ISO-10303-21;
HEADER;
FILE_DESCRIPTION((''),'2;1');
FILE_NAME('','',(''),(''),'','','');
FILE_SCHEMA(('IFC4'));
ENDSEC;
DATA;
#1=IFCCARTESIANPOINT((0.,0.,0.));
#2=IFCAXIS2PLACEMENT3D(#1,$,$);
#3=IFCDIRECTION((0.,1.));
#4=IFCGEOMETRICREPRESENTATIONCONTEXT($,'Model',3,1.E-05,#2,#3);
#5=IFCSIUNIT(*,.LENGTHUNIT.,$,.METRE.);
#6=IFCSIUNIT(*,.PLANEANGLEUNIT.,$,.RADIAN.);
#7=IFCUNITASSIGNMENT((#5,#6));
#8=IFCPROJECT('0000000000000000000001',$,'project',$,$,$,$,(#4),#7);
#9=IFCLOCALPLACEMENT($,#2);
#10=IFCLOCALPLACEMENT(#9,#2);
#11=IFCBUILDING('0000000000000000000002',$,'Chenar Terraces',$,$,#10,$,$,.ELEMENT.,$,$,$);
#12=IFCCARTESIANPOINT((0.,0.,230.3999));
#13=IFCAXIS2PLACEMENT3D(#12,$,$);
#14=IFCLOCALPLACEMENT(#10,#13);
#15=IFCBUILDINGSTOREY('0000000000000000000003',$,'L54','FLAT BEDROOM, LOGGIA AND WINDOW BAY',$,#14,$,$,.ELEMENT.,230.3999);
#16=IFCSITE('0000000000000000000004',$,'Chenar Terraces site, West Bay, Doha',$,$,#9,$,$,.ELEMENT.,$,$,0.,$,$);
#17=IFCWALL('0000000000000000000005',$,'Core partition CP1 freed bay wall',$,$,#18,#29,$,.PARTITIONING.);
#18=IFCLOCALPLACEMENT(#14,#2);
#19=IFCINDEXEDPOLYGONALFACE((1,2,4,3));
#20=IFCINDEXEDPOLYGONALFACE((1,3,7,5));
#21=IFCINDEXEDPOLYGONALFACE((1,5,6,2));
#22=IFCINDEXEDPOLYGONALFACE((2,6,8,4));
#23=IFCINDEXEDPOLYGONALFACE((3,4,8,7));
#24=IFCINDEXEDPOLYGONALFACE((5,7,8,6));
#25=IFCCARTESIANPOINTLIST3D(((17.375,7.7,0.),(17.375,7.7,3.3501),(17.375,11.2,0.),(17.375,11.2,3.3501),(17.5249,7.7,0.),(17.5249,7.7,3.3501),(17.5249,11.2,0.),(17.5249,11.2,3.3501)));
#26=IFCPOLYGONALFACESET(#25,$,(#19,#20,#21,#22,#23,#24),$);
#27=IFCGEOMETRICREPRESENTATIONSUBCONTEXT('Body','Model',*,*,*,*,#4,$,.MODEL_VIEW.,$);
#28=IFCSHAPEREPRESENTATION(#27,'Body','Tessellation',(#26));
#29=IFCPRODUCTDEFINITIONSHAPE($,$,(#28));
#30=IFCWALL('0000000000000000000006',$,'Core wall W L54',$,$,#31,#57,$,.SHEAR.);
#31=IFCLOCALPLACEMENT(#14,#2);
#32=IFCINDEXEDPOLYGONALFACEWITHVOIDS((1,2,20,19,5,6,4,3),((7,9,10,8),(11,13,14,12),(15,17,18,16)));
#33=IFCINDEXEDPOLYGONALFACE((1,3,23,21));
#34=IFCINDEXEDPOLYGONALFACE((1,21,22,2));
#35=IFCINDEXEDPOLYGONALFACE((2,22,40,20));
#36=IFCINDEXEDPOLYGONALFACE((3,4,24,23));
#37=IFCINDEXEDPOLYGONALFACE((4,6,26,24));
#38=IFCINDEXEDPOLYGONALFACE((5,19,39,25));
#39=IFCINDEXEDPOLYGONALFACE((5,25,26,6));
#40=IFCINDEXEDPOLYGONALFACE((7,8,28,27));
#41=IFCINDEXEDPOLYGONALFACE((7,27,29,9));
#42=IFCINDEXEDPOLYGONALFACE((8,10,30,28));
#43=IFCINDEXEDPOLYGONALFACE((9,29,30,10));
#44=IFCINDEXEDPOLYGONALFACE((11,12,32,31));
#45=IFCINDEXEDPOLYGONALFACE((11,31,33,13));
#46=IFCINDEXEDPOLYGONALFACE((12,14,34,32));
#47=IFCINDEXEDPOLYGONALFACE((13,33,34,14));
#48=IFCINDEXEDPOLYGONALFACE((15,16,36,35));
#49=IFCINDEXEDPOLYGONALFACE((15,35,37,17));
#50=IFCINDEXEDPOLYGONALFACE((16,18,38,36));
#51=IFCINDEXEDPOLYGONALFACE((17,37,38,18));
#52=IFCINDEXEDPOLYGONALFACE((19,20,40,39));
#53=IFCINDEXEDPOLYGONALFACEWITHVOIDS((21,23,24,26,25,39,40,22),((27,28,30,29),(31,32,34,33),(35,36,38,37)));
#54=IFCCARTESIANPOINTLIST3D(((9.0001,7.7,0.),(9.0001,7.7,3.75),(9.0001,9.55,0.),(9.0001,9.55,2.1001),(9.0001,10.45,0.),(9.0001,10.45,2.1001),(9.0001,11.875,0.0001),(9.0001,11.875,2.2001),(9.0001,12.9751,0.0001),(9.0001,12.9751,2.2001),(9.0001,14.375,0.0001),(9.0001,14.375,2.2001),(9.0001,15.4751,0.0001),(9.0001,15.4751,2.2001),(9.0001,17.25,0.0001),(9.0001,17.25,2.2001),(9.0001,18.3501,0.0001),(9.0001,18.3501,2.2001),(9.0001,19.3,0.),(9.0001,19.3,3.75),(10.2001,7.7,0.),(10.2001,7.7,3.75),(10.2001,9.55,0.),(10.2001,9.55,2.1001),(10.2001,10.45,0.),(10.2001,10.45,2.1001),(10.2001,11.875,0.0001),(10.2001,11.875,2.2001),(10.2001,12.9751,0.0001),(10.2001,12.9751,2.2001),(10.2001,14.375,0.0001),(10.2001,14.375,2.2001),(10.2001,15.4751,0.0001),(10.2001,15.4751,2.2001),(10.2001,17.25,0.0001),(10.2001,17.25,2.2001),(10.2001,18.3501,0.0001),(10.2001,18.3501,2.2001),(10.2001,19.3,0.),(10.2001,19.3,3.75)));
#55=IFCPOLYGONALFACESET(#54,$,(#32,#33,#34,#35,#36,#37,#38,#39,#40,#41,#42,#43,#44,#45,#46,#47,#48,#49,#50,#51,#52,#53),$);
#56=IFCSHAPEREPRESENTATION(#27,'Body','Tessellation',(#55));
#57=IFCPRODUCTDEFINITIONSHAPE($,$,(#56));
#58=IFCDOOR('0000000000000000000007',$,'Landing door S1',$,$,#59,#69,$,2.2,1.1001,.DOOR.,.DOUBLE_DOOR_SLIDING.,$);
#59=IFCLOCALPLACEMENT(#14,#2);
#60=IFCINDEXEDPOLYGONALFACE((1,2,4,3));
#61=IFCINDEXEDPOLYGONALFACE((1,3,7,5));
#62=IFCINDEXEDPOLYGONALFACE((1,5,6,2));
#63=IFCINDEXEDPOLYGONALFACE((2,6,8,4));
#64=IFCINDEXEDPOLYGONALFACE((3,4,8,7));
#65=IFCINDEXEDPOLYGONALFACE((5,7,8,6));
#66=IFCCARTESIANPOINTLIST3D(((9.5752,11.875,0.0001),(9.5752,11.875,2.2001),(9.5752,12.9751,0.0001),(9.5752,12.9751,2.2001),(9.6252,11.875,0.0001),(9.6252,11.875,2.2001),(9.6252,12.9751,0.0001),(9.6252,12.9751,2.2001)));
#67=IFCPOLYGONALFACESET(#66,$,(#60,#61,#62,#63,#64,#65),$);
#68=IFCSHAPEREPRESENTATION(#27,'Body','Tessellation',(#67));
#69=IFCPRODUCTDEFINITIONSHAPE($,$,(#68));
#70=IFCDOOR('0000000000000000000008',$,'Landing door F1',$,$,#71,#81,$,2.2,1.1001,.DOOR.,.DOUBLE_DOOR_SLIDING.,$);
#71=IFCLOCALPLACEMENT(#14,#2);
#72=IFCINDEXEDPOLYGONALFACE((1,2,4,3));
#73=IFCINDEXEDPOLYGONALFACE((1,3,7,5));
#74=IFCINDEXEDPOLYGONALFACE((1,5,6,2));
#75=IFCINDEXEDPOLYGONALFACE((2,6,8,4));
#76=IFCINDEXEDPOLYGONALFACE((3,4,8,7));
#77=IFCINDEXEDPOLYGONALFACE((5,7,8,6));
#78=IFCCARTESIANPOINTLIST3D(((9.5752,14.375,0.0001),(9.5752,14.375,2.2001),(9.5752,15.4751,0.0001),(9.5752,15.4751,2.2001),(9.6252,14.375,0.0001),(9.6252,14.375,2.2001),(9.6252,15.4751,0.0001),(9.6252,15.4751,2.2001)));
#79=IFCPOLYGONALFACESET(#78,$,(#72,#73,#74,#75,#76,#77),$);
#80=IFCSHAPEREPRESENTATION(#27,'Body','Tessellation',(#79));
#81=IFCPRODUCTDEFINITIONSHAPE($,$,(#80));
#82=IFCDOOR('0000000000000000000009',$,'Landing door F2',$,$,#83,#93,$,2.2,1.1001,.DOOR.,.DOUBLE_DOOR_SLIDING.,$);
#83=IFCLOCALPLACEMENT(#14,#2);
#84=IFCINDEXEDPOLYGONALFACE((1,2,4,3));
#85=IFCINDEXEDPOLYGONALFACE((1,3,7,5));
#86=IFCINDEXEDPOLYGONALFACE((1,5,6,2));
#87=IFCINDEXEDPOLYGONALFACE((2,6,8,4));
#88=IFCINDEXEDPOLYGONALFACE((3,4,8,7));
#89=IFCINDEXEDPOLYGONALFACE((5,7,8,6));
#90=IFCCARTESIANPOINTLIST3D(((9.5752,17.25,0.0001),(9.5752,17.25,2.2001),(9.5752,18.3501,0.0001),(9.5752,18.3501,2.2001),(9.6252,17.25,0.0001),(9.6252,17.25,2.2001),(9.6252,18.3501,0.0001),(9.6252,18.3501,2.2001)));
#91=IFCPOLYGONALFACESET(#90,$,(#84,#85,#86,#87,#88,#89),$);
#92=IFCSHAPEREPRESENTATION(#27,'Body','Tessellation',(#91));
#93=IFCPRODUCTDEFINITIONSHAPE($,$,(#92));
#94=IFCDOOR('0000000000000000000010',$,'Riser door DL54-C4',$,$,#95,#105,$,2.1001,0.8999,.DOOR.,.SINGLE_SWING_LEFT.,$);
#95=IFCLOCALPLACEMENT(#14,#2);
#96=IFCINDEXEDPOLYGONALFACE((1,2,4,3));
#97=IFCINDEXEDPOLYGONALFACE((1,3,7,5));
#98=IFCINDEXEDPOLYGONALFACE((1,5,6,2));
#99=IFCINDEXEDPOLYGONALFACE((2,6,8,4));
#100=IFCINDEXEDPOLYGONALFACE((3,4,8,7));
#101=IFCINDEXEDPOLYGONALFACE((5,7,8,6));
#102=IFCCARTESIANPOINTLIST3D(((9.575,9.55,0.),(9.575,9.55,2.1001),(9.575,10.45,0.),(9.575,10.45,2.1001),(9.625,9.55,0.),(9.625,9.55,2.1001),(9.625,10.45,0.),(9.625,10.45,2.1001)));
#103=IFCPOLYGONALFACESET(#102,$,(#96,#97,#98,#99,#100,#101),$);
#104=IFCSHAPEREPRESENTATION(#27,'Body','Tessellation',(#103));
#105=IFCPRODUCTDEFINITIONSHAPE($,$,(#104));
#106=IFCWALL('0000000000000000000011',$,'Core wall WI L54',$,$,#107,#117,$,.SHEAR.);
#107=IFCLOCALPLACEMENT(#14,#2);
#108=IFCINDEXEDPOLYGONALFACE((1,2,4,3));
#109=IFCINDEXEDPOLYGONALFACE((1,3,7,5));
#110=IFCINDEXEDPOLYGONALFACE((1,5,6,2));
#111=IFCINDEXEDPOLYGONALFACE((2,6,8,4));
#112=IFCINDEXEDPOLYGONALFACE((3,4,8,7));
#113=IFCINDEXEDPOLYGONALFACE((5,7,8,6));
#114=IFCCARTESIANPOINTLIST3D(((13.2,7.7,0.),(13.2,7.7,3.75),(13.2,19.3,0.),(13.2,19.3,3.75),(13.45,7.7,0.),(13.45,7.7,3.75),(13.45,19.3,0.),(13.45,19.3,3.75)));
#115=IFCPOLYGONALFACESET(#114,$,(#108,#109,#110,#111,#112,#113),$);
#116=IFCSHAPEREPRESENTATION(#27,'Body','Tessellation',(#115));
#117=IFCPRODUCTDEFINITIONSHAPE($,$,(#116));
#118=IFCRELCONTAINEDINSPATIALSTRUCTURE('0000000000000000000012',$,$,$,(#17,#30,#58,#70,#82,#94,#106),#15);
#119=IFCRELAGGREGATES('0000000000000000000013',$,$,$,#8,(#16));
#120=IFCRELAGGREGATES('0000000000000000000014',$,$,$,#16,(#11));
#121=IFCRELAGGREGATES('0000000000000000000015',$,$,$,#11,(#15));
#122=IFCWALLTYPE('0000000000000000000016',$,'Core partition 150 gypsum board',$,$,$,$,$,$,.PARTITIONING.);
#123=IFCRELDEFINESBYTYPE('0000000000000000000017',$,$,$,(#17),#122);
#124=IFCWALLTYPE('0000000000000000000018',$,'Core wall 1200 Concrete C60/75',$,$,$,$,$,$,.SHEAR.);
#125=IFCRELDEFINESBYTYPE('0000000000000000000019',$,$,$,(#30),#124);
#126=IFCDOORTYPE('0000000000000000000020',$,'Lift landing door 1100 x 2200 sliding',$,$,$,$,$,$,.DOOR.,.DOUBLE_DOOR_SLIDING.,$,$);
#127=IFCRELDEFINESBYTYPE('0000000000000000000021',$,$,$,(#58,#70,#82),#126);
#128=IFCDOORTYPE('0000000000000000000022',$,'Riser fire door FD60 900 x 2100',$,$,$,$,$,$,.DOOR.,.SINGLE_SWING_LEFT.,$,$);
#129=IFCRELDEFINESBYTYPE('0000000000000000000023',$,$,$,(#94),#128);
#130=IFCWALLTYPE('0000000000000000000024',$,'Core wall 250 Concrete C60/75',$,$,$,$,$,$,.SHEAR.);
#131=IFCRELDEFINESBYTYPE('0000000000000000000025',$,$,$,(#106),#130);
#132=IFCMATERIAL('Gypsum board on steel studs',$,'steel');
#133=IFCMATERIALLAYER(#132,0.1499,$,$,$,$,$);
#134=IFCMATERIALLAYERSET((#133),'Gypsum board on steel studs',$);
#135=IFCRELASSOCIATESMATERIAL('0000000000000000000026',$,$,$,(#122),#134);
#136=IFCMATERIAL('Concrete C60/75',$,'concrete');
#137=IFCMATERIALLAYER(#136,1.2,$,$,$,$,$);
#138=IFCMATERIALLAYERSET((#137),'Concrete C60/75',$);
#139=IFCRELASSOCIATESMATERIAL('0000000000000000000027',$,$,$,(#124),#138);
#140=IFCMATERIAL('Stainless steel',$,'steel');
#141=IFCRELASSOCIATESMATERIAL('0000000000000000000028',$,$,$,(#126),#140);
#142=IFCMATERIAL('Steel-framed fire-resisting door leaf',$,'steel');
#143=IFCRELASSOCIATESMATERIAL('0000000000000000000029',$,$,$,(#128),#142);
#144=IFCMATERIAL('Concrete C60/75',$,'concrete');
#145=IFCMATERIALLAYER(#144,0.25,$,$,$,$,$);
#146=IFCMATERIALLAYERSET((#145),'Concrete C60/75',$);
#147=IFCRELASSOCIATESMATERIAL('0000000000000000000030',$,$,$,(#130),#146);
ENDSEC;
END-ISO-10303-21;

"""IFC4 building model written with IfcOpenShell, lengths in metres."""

from ifc_helpers import new_model, si_unit, direction, frame, frame_2d, origin, place, context, subcontext, project, spatial, rectangle, extrude, material, layer, layer_set, type_object, element, fill, save


model = new_model("IFC4")

# Units and contexts
model_context = context("Model", 3, precision=1e-05, world=origin(), true_north=direction((0.0, 1.0)))
body_context = subcontext(model_context, "Body", "Model", "MODEL_VIEW")
ifc_project = project(units=[si_unit("LENGTHUNIT", "METRE"), si_unit("PLANEANGLEUNIT", "RADIAN")], contexts=[model_context])

# Site, building, storey
site_placement = place(None, origin())
site = spatial("IfcSite", under=ifc_project, at=site_placement, Name="Chenar Terraces site, West Bay, Doha", CompositionType="ELEMENT", RefElevation=0.0)
building_placement = place(site_placement, origin())
building = spatial("IfcBuilding", under=site, at=building_placement, Name="Chenar Terraces", CompositionType="ELEMENT")
storey_placement = place(building_placement, frame((0.0, 0.0, 230.3999)))
storey = spatial("IfcBuildingStorey", under=building, at=storey_placement, Name="L54", Description="FLAT BEDROOM, LOGGIA AND WINDOW BAY", CompositionType="ELEMENT", Elevation=230.3999)

# Wall
ifc_material_1 = material(Name="Gypsum board on steel studs", Category="steel")
ifc_layer_1 = layer(ifc_material_1, 0.1499)
ifc_layer_set_1 = layer_set([ifc_layer_1], Name="Gypsum board on steel studs")
wall_type_1 = type_object("IfcWallType", Name="Core partition 150 gypsum board", PredefinedType="PARTITIONING", material=ifc_layer_set_1)
wall_1_placement = place(storey_placement, frame((17.45, 7.7, 0.0), z_axis=(0.0, 0.0, 1.0), x_axis=(0.0, 1.0, 0.0)))
element("IfcWall", 1, at=wall_1_placement, inside=storey, type_object=wall_type_1, Name="Core partition CP1 freed bay wall", PredefinedType="PARTITIONING", context=body_context, shape_type="SweptSolid", body=[
    extrude(rectangle(XDim=3.5, YDim=0.1499, at=frame_2d((1.75, 0.0))), origin(), (0.0, 0.0, 1.0), 3.3501),
])

# Wall, openings, doors
ifc_material_2 = material(Name="Concrete C60/75", Category="concrete")
ifc_layer_2 = layer(ifc_material_2, 1.2)
ifc_layer_set_2 = layer_set([ifc_layer_2], Name="Concrete C60/75")
wall_type_2 = type_object("IfcWallType", Name="Core wall 1200 Concrete C60/75", PredefinedType="SHEAR", material=ifc_layer_set_2)
wall_2_placement = place(storey_placement, frame((9.6001, 7.7, 0.0), z_axis=(0.0, 0.0, 1.0), x_axis=(0.0, 1.0, 0.0)))
wall_2 = element("IfcWall", 2, at=wall_2_placement, inside=storey, type_object=wall_type_2, Name="Core wall W L54", PredefinedType="SHEAR", context=body_context, shape_type="SweptSolid", body=[
    extrude(rectangle(XDim=11.6001, YDim=1.2, at=frame_2d((5.8, 0.0))), origin(), (0.0, 0.0, 1.0), 3.75),
])
opening_1_placement = place(wall_2_placement, frame((4.175, 0.0, 0.0)))
opening_1 = element("IfcOpeningElement", 3, at=opening_1_placement, cuts=wall_2, PredefinedType="OPENING", context=body_context, shape_type="SweptSolid", body=[
    extrude(rectangle(XDim=1.1001, YDim=2.2, at=frame_2d((0.55, 1.1001))), frame((0.0, 0.6099, 0.0), z_axis=(0.0, -1.0, 0.0), x_axis=(1.0, 0.0, 0.0)), (0.0, 0.0, 1.0), 1.22),
])
opening_2_placement = place(wall_2_placement, frame((6.675, 0.0, 0.0)))
opening_2 = element("IfcOpeningElement", 4, at=opening_2_placement, cuts=wall_2, PredefinedType="OPENING", context=body_context, shape_type="SweptSolid", body=[
    extrude(rectangle(XDim=1.1001, YDim=2.2, at=frame_2d((0.55, 1.1001))), frame((0.0, 0.6099, 0.0), z_axis=(0.0, -1.0, 0.0), x_axis=(1.0, 0.0, 0.0)), (0.0, 0.0, 1.0), 1.22),
])
opening_3_placement = place(wall_2_placement, frame((9.55, 0.0, 0.0)))
opening_3 = element("IfcOpeningElement", 5, at=opening_3_placement, cuts=wall_2, PredefinedType="OPENING", context=body_context, shape_type="SweptSolid", body=[
    extrude(rectangle(XDim=1.1001, YDim=2.2, at=frame_2d((0.55, 1.1001))), frame((0.0, 0.6099, 0.0), z_axis=(0.0, -1.0, 0.0), x_axis=(1.0, 0.0, 0.0)), (0.0, 0.0, 1.0), 1.22),
])
opening_4_placement = place(wall_2_placement, frame((1.8501, 0.0, 0.0)))
opening_4 = element("IfcOpeningElement", 6, at=opening_4_placement, cuts=wall_2, PredefinedType="OPENING", context=body_context, shape_type="SweptSolid", body=[
    extrude(rectangle(XDim=0.8999, YDim=2.1001, at=frame_2d((0.45, 1.05))), frame((0.0, 0.6099, 0.0), z_axis=(0.0, -1.0, 0.0), x_axis=(1.0, 0.0, 0.0)), (0.0, 0.0, 1.0), 1.22),
])
ifc_material_3 = material(Name="Stainless steel", Category="steel")
door_type_1 = type_object("IfcDoorType", Name="Lift landing door 1100 x 2200 sliding", OperationType="DOUBLE_DOOR_SLIDING", PredefinedType="DOOR", material=ifc_material_3)
door_1_placement = place(opening_1_placement, origin())
door_1 = element("IfcDoor", 7, at=door_1_placement, inside=storey, type_object=door_type_1, Name="Landing door S1", OperationType="DOUBLE_DOOR_SLIDING", OverallHeight=2.2, OverallWidth=1.1001, PredefinedType="DOOR", context=body_context, shape_type="SweptSolid", body=[
    extrude(rectangle(XDim=1.1001, YDim=2.2, at=frame_2d((0.55, 1.1001))), frame((0.0, 0.0249, 0.0), z_axis=(0.0, -1.0, 0.0), x_axis=(1.0, 0.0, 0.0)), (0.0, 0.0, 1.0), 0.05),
])
fill(opening_1, door_1)
door_2_placement = place(opening_2_placement, origin())
door_2 = element("IfcDoor", 8, at=door_2_placement, inside=storey, type_object=door_type_1, Name="Landing door F1", OperationType="DOUBLE_DOOR_SLIDING", OverallHeight=2.2, OverallWidth=1.1001, PredefinedType="DOOR", context=body_context, shape_type="SweptSolid", body=[
    extrude(rectangle(XDim=1.1001, YDim=2.2, at=frame_2d((0.55, 1.1001))), frame((0.0, 0.0249, 0.0), z_axis=(0.0, -1.0, 0.0), x_axis=(1.0, 0.0, 0.0)), (0.0, 0.0, 1.0), 0.05),
])
fill(opening_2, door_2)
door_3_placement = place(opening_3_placement, origin())
door_3 = element("IfcDoor", 9, at=door_3_placement, inside=storey, type_object=door_type_1, Name="Landing door F2", OperationType="DOUBLE_DOOR_SLIDING", OverallHeight=2.2, OverallWidth=1.1001, PredefinedType="DOOR", context=body_context, shape_type="SweptSolid", body=[
    extrude(rectangle(XDim=1.1001, YDim=2.2, at=frame_2d((0.55, 1.1001))), frame((0.0, 0.0249, 0.0), z_axis=(0.0, -1.0, 0.0), x_axis=(1.0, 0.0, 0.0)), (0.0, 0.0, 1.0), 0.05),
])
fill(opening_3, door_3)
ifc_material_4 = material(Name="Steel-framed fire-resisting door leaf", Category="steel")
door_type_2 = type_object("IfcDoorType", Name="Riser fire door FD60 900 x 2100", OperationType="SINGLE_SWING_LEFT", PredefinedType="DOOR", material=ifc_material_4)
door_4_placement = place(opening_4_placement, frame((0.8999, 0.0, 0.0), z_axis=(0.0, 0.0, 1.0), x_axis=(-1.0, 0.0, 0.0)))
door_4 = element("IfcDoor", 10, at=door_4_placement, inside=storey, type_object=door_type_2, Name="Riser door DL54-C4", OperationType="SINGLE_SWING_LEFT", OverallHeight=2.1001, OverallWidth=0.8999, PredefinedType="DOOR", context=body_context, shape_type="SweptSolid", body=[
    extrude(rectangle(XDim=0.8999, YDim=2.1001, at=frame_2d((0.45, 1.05))), frame((0.0, 0.0249, 0.0), z_axis=(0.0, -1.0, 0.0), x_axis=(1.0, 0.0, 0.0)), (0.0, 0.0, 1.0), 0.05),
])
fill(opening_4, door_4)

# Wall
ifc_material_5 = material(Name="Concrete C60/75", Category="concrete")
ifc_layer_3 = layer(ifc_material_5, 0.25)
ifc_layer_set_3 = layer_set([ifc_layer_3], Name="Concrete C60/75")
wall_type_3 = type_object("IfcWallType", Name="Core wall 250 Concrete C60/75", PredefinedType="SHEAR", material=ifc_layer_set_3)
wall_3_placement = place(storey_placement, frame((13.325, 7.7, 0.0), z_axis=(0.0, 0.0, 1.0), x_axis=(0.0, 1.0, 0.0)))
element("IfcWall", 11, at=wall_3_placement, inside=storey, type_object=wall_type_3, Name="Core wall WI L54", PredefinedType="SHEAR", context=body_context, shape_type="SweptSolid", body=[
    extrude(rectangle(XDim=11.6001, YDim=0.25, at=frame_2d((5.8, 0.0))), origin(), (0.0, 0.0, 1.0), 3.75),
])

save(model, "model.ifc")
